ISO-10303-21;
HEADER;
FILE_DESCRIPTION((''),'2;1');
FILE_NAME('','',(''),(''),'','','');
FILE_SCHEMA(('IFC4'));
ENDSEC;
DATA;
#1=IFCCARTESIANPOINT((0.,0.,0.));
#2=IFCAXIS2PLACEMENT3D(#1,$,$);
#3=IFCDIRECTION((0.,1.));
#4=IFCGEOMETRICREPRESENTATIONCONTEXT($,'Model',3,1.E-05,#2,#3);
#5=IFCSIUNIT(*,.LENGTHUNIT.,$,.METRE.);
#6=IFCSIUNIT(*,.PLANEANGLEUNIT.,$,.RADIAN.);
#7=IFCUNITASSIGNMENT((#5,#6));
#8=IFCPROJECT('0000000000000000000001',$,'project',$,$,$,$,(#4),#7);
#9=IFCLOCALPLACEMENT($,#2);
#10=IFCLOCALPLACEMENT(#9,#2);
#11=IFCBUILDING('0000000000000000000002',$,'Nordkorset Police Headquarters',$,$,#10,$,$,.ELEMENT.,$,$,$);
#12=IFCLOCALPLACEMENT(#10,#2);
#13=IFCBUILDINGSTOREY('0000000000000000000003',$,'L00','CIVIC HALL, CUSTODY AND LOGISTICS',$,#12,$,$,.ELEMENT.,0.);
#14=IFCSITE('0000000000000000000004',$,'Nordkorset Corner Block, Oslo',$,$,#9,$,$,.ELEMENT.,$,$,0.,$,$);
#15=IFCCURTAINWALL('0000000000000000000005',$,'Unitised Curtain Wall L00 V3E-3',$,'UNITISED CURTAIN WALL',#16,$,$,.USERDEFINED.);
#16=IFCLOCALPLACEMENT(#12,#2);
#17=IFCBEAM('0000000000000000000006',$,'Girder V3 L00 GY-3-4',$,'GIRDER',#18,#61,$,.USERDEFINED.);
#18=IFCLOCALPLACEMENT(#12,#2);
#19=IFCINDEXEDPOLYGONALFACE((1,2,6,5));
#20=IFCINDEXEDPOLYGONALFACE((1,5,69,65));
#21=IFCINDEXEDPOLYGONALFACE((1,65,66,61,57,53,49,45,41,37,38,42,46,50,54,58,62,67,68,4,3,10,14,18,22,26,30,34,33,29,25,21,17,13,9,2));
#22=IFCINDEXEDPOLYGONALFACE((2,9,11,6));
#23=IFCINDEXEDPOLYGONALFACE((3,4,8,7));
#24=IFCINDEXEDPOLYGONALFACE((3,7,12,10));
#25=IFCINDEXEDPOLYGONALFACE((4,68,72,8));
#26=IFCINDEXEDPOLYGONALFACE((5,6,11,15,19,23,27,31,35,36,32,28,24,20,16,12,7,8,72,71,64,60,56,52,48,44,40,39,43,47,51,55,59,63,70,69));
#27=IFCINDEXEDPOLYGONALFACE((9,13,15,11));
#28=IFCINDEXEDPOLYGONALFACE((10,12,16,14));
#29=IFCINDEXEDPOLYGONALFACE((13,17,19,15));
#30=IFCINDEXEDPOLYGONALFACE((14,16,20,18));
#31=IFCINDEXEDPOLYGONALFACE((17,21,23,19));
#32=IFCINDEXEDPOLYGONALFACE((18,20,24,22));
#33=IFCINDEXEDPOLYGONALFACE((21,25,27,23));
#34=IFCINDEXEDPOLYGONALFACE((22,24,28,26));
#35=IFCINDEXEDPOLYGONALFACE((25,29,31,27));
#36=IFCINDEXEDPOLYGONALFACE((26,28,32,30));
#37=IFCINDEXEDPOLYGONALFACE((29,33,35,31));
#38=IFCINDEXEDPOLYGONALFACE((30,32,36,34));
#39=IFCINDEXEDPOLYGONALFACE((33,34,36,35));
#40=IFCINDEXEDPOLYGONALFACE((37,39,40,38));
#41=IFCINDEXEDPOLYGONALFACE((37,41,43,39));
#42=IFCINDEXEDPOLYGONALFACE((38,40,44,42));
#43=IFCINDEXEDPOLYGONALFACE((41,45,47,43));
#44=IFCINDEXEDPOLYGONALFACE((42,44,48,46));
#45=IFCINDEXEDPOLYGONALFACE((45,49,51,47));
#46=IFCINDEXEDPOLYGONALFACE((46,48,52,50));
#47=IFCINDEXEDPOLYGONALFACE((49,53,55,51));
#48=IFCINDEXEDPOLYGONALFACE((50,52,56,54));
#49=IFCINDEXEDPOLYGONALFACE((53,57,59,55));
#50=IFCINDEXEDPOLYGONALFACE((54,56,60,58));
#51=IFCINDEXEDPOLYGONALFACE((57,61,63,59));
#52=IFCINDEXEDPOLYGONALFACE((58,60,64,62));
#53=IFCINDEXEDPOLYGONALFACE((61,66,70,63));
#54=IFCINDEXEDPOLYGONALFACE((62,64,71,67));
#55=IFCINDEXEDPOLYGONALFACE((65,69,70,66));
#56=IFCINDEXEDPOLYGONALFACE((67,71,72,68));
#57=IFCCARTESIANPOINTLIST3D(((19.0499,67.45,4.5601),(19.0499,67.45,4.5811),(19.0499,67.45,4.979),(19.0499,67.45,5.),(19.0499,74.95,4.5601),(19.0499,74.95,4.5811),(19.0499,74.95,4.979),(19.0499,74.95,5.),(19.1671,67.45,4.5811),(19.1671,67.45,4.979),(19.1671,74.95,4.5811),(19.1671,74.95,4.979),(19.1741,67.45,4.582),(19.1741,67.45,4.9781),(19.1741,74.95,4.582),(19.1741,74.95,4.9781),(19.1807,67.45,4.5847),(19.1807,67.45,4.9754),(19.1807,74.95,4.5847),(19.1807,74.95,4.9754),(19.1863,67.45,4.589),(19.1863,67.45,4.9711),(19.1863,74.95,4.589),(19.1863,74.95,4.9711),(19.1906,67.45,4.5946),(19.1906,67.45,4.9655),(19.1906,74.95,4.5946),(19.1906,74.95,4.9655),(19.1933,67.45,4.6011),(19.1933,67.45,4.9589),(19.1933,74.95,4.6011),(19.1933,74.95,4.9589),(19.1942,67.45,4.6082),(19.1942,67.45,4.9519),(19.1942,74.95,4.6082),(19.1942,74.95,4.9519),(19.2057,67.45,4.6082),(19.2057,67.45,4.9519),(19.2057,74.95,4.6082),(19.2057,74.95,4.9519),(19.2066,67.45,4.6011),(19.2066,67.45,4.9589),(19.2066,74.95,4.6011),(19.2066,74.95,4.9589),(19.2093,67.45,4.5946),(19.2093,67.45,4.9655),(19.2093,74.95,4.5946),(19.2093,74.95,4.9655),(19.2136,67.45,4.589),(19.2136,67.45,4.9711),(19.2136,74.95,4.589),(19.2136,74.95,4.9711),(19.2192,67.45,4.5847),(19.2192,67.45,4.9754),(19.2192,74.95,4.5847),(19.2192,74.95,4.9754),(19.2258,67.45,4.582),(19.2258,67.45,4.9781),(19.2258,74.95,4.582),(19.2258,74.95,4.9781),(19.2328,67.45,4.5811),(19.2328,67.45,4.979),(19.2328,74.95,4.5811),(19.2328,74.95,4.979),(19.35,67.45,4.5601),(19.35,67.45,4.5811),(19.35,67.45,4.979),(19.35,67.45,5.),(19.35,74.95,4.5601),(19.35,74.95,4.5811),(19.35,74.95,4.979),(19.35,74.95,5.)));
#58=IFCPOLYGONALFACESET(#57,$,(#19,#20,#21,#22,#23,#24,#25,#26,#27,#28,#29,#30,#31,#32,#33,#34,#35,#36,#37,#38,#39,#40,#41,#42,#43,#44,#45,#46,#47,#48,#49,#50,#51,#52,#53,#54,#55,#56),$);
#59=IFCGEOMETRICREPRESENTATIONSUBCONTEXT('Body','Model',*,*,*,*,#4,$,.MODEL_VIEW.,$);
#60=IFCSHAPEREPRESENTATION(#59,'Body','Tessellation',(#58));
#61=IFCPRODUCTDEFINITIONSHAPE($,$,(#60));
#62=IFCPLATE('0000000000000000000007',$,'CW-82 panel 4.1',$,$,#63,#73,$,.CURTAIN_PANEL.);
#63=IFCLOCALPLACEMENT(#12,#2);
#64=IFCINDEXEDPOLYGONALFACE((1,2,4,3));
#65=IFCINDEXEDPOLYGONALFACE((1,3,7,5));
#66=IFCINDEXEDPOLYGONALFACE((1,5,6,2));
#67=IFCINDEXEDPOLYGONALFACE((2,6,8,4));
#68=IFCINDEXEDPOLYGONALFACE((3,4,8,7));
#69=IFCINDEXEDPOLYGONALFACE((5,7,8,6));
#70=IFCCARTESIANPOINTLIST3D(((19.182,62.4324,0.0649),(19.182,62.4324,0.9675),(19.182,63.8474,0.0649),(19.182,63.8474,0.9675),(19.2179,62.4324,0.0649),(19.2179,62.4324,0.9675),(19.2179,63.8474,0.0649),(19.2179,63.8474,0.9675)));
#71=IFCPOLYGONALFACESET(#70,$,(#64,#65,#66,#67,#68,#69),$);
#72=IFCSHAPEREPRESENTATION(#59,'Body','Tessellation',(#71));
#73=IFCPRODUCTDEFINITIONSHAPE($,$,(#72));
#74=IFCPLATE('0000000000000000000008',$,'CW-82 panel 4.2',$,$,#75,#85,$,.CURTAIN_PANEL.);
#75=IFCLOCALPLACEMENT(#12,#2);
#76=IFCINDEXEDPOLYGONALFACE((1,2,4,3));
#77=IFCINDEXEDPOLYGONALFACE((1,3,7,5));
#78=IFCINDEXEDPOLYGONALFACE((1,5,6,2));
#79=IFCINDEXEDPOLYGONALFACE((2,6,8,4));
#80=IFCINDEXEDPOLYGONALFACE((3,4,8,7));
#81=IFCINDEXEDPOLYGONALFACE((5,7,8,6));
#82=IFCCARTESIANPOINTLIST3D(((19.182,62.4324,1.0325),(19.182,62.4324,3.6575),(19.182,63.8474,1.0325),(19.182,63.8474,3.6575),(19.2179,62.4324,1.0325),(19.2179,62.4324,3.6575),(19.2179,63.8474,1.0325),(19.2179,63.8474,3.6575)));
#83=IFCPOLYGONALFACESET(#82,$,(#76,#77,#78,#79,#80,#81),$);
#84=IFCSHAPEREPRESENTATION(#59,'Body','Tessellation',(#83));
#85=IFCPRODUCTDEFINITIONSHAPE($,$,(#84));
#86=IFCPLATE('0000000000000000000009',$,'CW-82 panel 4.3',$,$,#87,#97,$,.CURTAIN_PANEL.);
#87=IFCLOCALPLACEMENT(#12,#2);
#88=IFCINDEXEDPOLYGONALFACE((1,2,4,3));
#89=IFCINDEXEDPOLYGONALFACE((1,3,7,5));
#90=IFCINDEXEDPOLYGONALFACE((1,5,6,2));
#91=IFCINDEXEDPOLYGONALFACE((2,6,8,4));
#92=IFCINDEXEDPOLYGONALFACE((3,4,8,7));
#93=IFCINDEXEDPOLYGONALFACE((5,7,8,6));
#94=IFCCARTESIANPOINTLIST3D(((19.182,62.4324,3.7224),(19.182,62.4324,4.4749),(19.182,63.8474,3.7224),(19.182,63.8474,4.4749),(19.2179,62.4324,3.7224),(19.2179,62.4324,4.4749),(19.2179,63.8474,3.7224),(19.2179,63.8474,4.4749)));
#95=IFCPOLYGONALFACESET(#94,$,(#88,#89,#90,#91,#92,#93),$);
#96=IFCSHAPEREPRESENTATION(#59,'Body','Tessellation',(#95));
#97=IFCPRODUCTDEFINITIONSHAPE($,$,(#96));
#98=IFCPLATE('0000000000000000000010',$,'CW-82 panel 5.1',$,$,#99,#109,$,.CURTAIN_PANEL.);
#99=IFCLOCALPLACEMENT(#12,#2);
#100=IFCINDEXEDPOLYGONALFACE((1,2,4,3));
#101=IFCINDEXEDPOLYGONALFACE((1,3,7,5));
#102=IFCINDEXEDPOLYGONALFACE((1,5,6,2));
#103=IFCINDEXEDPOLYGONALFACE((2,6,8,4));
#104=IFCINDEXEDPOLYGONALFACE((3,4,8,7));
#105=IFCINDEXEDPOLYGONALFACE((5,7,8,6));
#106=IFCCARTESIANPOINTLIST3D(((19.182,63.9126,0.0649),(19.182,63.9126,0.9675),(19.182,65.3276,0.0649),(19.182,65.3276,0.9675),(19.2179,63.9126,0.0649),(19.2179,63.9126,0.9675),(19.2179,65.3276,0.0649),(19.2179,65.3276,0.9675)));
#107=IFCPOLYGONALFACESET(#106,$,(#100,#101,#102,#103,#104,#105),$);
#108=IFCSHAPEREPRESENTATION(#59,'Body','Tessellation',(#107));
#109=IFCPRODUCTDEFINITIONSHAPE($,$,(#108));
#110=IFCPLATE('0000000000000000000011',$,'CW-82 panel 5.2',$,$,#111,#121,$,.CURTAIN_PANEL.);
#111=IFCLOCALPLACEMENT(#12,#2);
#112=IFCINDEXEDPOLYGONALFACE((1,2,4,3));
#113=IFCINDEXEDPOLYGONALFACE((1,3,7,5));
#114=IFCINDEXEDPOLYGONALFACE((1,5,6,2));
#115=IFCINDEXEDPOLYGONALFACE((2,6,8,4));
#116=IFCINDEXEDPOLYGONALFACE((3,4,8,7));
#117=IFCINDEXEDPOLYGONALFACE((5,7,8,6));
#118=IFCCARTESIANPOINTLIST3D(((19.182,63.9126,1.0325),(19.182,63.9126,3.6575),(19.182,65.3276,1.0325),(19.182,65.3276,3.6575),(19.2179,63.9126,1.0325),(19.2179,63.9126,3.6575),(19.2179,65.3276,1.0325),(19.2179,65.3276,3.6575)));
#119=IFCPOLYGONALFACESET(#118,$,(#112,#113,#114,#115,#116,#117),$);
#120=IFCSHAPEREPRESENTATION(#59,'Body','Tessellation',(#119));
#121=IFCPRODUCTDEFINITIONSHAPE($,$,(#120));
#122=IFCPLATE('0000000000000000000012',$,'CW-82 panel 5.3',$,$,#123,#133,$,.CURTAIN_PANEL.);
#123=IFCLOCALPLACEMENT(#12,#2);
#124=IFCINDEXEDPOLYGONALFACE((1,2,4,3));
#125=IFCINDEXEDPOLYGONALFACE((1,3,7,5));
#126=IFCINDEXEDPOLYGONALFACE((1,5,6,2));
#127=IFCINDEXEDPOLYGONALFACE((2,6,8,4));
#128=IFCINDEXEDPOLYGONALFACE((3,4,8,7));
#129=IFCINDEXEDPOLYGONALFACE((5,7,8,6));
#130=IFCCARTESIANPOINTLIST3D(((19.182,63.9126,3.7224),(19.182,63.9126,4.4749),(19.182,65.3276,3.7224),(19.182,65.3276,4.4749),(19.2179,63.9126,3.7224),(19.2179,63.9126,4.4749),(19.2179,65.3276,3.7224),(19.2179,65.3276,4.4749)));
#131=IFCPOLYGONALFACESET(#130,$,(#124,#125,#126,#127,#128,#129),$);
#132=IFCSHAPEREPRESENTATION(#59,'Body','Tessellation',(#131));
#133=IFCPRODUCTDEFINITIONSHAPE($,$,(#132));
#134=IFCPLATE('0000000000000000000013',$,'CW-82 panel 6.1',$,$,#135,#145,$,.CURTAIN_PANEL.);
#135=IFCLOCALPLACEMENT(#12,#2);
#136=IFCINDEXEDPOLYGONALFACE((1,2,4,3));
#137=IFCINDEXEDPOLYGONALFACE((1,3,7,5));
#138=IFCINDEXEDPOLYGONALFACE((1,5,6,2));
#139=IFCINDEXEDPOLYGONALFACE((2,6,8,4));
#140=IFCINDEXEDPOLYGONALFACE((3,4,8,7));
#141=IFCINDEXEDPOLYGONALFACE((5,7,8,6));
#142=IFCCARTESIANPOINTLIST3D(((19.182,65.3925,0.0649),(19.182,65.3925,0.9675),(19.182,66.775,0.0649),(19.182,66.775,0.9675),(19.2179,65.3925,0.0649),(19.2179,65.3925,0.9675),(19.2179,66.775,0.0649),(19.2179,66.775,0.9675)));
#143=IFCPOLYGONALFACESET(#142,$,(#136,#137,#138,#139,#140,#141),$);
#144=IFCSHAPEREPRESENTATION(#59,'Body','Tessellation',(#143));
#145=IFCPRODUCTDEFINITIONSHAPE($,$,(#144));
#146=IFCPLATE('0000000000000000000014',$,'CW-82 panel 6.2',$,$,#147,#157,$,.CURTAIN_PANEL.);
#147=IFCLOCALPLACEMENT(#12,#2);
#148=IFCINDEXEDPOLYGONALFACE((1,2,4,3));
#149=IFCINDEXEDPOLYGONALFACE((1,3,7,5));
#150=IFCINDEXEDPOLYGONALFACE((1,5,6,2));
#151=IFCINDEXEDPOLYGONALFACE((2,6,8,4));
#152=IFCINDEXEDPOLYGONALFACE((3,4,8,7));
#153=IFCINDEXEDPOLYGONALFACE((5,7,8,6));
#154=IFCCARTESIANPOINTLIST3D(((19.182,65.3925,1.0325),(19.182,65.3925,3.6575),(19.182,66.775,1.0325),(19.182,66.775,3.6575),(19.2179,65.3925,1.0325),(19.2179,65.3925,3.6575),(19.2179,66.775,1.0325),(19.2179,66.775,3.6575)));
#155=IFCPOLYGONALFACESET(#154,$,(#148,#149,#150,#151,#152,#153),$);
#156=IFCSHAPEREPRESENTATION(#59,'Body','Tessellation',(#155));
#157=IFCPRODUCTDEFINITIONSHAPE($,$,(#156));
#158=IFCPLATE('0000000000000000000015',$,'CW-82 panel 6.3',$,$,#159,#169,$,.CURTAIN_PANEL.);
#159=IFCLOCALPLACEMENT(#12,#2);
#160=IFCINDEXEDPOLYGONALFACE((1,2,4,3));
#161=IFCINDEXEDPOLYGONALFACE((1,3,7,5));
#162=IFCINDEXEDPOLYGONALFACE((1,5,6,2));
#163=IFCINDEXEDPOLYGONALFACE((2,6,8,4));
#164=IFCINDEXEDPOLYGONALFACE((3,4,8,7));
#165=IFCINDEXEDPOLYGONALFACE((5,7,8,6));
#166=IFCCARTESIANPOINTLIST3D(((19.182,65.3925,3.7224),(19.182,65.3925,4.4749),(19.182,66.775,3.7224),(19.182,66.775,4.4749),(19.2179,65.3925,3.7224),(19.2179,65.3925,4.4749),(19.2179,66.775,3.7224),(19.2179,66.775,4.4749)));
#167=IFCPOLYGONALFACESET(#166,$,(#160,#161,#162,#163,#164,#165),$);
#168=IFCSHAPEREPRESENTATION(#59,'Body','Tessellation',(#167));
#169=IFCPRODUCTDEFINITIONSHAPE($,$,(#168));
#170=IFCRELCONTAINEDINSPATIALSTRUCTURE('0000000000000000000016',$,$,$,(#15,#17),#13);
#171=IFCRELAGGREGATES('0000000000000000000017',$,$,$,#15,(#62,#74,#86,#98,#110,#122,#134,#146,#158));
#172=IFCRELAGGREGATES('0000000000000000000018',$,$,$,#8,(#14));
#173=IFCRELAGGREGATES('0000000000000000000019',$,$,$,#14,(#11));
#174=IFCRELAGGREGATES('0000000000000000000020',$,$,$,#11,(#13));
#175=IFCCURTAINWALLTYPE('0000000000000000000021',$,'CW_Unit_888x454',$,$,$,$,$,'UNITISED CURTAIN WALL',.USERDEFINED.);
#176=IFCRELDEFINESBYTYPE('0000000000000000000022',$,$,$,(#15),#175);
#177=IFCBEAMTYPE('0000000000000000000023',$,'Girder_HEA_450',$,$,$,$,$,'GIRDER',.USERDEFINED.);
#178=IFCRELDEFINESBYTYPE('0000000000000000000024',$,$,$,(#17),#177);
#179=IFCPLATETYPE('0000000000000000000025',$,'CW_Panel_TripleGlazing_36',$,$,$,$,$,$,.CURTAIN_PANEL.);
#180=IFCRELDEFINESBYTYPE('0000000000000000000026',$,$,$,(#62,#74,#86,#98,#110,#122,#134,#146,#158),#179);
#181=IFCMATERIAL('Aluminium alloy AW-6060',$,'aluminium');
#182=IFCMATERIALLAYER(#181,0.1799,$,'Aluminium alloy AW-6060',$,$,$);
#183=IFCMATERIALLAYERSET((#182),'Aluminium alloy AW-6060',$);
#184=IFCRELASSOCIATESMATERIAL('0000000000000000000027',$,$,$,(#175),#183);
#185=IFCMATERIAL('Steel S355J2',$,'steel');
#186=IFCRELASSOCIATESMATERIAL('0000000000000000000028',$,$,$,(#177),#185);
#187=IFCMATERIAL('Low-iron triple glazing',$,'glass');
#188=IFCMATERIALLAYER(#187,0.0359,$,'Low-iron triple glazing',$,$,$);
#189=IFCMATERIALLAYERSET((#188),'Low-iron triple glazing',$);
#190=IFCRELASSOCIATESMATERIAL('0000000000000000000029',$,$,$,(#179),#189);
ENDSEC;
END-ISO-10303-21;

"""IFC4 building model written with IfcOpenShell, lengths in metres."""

from ifc_helpers import new_model, si_unit, direction, frame, origin, origin_2d, place, context, subcontext, project, spatial, rectangle, i_section, extrude, material, layer, layer_set, material_profile, profile_set, type_object, element, aggregate, save


model = new_model("IFC4")

# Units and contexts
model_context = context("Model", 3, precision=1e-05, world=origin(), true_north=direction((0.0, 1.0)))
body_context = subcontext(model_context, "Body", "Model", "MODEL_VIEW")
ifc_project = project(units=[si_unit("LENGTHUNIT", "METRE"), si_unit("PLANEANGLEUNIT", "RADIAN")], contexts=[model_context])

# Site, building, storey
site_placement = place(None, origin())
site = spatial("IfcSite", under=ifc_project, at=site_placement, Name="Nordkorset Corner Block, Oslo", CompositionType="ELEMENT", RefElevation=0.0)
building_placement = place(site_placement, origin())
building = spatial("IfcBuilding", under=site, at=building_placement, Name="Nordkorset Police Headquarters", CompositionType="ELEMENT")
storey_placement = place(building_placement, origin())
storey = spatial("IfcBuildingStorey", under=building, at=storey_placement, Name="L00", Description="CIVIC HALL, CUSTODY AND LOGISTICS", CompositionType="ELEMENT", Elevation=0.0)

# Curtain wall
ifc_material_1 = material(Name="Aluminium alloy AW-6060", Category="aluminium")
ifc_layer_1 = layer(ifc_material_1, 0.1799, Name="Aluminium alloy AW-6060")
ifc_layer_set_1 = layer_set([ifc_layer_1], Name="Aluminium alloy AW-6060")
curtain_wall_type = type_object("IfcCurtainWallType", Name="CW_Unit_888x454", ElementType="UNITISED CURTAIN WALL", PredefinedType="USERDEFINED", material=ifc_layer_set_1)
curtain_wall_placement = place(storey_placement, origin())
curtain_wall = element("IfcCurtainWall", 1, at=curtain_wall_placement, inside=storey, type_object=curtain_wall_type, Name="Unitised Curtain Wall L00 V3E-3", ObjectType="UNITISED CURTAIN WALL", PredefinedType="USERDEFINED")

# Beam
ifc_material_2 = material(Name="Steel S355J2", Category="steel")
ifc_material_profile_1 = material_profile(ifc_material_2, i_section(OverallWidth=0.3, OverallDepth=0.4399, WebThickness=0.0115, FlangeThickness=0.021, FilletRadius=0.0271, at=origin_2d()), Name="HEA 450")
ifc_profile_set_1 = profile_set([ifc_material_profile_1], Name="Steel S355J2")
beam_type = type_object("IfcBeamType", Name="Girder_HEA_450", ElementType="GIRDER", PredefinedType="USERDEFINED", material=ifc_profile_set_1)
beam_placement = place(storey_placement, frame((19.2, 67.45, 4.78), z_axis=(0.0, 1.0, 0.0), x_axis=(-1.0, 0.0, 0.0)))
element("IfcBeam", 2, at=beam_placement, inside=storey, type_object=beam_type, Name="Girder V3 L00 GY-3-4", ObjectType="GIRDER", PredefinedType="USERDEFINED", context=body_context, shape_type="SweptSolid", body=[
    extrude(i_section(OverallWidth=0.3, OverallDepth=0.4399, WebThickness=0.0115, FlangeThickness=0.021, FilletRadius=0.0271, at=origin_2d()), origin(), (0.0, 0.0, 1.0), 7.5),
])

# Plates
ifc_material_3 = material(Name="Low-iron triple glazing", Category="glass")
ifc_layer_2 = layer(ifc_material_3, 0.0359, Name="Low-iron triple glazing")
ifc_layer_set_2 = layer_set([ifc_layer_2], Name="Low-iron triple glazing")
plate_type = type_object("IfcPlateType", Name="CW_Panel_TripleGlazing_36", PredefinedType="CURTAIN_PANEL", material=ifc_layer_set_2)
plate_1_placement = place(storey_placement, frame((19.2, 63.1399, 0.0649), z_axis=(0.0, 0.0, 1.0), x_axis=(0.0, 1.0, 0.0)))
plate_1 = element("IfcPlate", 3, at=plate_1_placement, type_object=plate_type, Name="CW-82 panel 4.1", PredefinedType="CURTAIN_PANEL", context=body_context, shape_type="SweptSolid", body=[
    extrude(rectangle(XDim=1.415, YDim=0.0359, at=origin_2d()), origin(), (0.0, 0.0, 1.0), 0.9026),
])
plate_2_placement = place(storey_placement, frame((19.2, 63.1399, 1.0325), z_axis=(0.0, 0.0, 1.0), x_axis=(0.0, 1.0, 0.0)))
plate_2 = element("IfcPlate", 4, at=plate_2_placement, type_object=plate_type, Name="CW-82 panel 4.2", PredefinedType="CURTAIN_PANEL", context=body_context, shape_type="SweptSolid", body=[
    extrude(rectangle(XDim=1.415, YDim=0.0359, at=origin_2d()), origin(), (0.0, 0.0, 1.0), 2.625),
])
plate_3_placement = place(storey_placement, frame((19.2, 63.1399, 3.7224), z_axis=(0.0, 0.0, 1.0), x_axis=(0.0, 1.0, 0.0)))
plate_3 = element("IfcPlate", 5, at=plate_3_placement, type_object=plate_type, Name="CW-82 panel 4.3", PredefinedType="CURTAIN_PANEL", context=body_context, shape_type="SweptSolid", body=[
    extrude(rectangle(XDim=1.415, YDim=0.0359, at=origin_2d()), origin(), (0.0, 0.0, 1.0), 0.7524),
])
plate_4_placement = place(storey_placement, frame((19.2, 64.6201, 0.0649), z_axis=(0.0, 0.0, 1.0), x_axis=(0.0, 1.0, 0.0)))
plate_4 = element("IfcPlate", 6, at=plate_4_placement, type_object=plate_type, Name="CW-82 panel 5.1", PredefinedType="CURTAIN_PANEL", context=body_context, shape_type="SweptSolid", body=[
    extrude(rectangle(XDim=1.415, YDim=0.0359, at=origin_2d()), origin(), (0.0, 0.0, 1.0), 0.9026),
])
plate_5_placement = place(storey_placement, frame((19.2, 64.6201, 1.0325), z_axis=(0.0, 0.0, 1.0), x_axis=(0.0, 1.0, 0.0)))
plate_5 = element("IfcPlate", 7, at=plate_5_placement, type_object=plate_type, Name="CW-82 panel 5.2", PredefinedType="CURTAIN_PANEL", context=body_context, shape_type="SweptSolid", body=[
    extrude(rectangle(XDim=1.415, YDim=0.0359, at=origin_2d()), origin(), (0.0, 0.0, 1.0), 2.625),
])
plate_6_placement = place(storey_placement, frame((19.2, 64.6201, 3.7224), z_axis=(0.0, 0.0, 1.0), x_axis=(0.0, 1.0, 0.0)))
plate_6 = element("IfcPlate", 8, at=plate_6_placement, type_object=plate_type, Name="CW-82 panel 5.3", PredefinedType="CURTAIN_PANEL", context=body_context, shape_type="SweptSolid", body=[
    extrude(rectangle(XDim=1.415, YDim=0.0359, at=origin_2d()), origin(), (0.0, 0.0, 1.0), 0.7524),
])
plate_7_placement = place(storey_placement, frame((19.2, 66.0837, 0.0649), z_axis=(0.0, 0.0, 1.0), x_axis=(0.0, 1.0, 0.0)))
plate_7 = element("IfcPlate", 9, at=plate_7_placement, type_object=plate_type, Name="CW-82 panel 6.1", PredefinedType="CURTAIN_PANEL", context=body_context, shape_type="SweptSolid", body=[
    extrude(rectangle(XDim=1.3826, YDim=0.0359, at=origin_2d()), origin(), (0.0, 0.0, 1.0), 0.9026),
])
plate_8_placement = place(storey_placement, frame((19.2, 66.0837, 1.0325), z_axis=(0.0, 0.0, 1.0), x_axis=(0.0, 1.0, 0.0)))
plate_8 = element("IfcPlate", 10, at=plate_8_placement, type_object=plate_type, Name="CW-82 panel 6.2", PredefinedType="CURTAIN_PANEL", context=body_context, shape_type="SweptSolid", body=[
    extrude(rectangle(XDim=1.3826, YDim=0.0359, at=origin_2d()), origin(), (0.0, 0.0, 1.0), 2.625),
])
plate_9_placement = place(storey_placement, frame((19.2, 66.0837, 3.7224), z_axis=(0.0, 0.0, 1.0), x_axis=(0.0, 1.0, 0.0)))
plate_9 = element("IfcPlate", 11, at=plate_9_placement, type_object=plate_type, Name="CW-82 panel 6.3", PredefinedType="CURTAIN_PANEL", context=body_context, shape_type="SweptSolid", body=[
    extrude(rectangle(XDim=1.3826, YDim=0.0359, at=origin_2d()), origin(), (0.0, 0.0, 1.0), 0.7524),
])
aggregate(curtain_wall, [plate_1, plate_2, plate_3, plate_4, plate_5, plate_6, plate_7, plate_8, plate_9])

save(model, "model.ifc")
